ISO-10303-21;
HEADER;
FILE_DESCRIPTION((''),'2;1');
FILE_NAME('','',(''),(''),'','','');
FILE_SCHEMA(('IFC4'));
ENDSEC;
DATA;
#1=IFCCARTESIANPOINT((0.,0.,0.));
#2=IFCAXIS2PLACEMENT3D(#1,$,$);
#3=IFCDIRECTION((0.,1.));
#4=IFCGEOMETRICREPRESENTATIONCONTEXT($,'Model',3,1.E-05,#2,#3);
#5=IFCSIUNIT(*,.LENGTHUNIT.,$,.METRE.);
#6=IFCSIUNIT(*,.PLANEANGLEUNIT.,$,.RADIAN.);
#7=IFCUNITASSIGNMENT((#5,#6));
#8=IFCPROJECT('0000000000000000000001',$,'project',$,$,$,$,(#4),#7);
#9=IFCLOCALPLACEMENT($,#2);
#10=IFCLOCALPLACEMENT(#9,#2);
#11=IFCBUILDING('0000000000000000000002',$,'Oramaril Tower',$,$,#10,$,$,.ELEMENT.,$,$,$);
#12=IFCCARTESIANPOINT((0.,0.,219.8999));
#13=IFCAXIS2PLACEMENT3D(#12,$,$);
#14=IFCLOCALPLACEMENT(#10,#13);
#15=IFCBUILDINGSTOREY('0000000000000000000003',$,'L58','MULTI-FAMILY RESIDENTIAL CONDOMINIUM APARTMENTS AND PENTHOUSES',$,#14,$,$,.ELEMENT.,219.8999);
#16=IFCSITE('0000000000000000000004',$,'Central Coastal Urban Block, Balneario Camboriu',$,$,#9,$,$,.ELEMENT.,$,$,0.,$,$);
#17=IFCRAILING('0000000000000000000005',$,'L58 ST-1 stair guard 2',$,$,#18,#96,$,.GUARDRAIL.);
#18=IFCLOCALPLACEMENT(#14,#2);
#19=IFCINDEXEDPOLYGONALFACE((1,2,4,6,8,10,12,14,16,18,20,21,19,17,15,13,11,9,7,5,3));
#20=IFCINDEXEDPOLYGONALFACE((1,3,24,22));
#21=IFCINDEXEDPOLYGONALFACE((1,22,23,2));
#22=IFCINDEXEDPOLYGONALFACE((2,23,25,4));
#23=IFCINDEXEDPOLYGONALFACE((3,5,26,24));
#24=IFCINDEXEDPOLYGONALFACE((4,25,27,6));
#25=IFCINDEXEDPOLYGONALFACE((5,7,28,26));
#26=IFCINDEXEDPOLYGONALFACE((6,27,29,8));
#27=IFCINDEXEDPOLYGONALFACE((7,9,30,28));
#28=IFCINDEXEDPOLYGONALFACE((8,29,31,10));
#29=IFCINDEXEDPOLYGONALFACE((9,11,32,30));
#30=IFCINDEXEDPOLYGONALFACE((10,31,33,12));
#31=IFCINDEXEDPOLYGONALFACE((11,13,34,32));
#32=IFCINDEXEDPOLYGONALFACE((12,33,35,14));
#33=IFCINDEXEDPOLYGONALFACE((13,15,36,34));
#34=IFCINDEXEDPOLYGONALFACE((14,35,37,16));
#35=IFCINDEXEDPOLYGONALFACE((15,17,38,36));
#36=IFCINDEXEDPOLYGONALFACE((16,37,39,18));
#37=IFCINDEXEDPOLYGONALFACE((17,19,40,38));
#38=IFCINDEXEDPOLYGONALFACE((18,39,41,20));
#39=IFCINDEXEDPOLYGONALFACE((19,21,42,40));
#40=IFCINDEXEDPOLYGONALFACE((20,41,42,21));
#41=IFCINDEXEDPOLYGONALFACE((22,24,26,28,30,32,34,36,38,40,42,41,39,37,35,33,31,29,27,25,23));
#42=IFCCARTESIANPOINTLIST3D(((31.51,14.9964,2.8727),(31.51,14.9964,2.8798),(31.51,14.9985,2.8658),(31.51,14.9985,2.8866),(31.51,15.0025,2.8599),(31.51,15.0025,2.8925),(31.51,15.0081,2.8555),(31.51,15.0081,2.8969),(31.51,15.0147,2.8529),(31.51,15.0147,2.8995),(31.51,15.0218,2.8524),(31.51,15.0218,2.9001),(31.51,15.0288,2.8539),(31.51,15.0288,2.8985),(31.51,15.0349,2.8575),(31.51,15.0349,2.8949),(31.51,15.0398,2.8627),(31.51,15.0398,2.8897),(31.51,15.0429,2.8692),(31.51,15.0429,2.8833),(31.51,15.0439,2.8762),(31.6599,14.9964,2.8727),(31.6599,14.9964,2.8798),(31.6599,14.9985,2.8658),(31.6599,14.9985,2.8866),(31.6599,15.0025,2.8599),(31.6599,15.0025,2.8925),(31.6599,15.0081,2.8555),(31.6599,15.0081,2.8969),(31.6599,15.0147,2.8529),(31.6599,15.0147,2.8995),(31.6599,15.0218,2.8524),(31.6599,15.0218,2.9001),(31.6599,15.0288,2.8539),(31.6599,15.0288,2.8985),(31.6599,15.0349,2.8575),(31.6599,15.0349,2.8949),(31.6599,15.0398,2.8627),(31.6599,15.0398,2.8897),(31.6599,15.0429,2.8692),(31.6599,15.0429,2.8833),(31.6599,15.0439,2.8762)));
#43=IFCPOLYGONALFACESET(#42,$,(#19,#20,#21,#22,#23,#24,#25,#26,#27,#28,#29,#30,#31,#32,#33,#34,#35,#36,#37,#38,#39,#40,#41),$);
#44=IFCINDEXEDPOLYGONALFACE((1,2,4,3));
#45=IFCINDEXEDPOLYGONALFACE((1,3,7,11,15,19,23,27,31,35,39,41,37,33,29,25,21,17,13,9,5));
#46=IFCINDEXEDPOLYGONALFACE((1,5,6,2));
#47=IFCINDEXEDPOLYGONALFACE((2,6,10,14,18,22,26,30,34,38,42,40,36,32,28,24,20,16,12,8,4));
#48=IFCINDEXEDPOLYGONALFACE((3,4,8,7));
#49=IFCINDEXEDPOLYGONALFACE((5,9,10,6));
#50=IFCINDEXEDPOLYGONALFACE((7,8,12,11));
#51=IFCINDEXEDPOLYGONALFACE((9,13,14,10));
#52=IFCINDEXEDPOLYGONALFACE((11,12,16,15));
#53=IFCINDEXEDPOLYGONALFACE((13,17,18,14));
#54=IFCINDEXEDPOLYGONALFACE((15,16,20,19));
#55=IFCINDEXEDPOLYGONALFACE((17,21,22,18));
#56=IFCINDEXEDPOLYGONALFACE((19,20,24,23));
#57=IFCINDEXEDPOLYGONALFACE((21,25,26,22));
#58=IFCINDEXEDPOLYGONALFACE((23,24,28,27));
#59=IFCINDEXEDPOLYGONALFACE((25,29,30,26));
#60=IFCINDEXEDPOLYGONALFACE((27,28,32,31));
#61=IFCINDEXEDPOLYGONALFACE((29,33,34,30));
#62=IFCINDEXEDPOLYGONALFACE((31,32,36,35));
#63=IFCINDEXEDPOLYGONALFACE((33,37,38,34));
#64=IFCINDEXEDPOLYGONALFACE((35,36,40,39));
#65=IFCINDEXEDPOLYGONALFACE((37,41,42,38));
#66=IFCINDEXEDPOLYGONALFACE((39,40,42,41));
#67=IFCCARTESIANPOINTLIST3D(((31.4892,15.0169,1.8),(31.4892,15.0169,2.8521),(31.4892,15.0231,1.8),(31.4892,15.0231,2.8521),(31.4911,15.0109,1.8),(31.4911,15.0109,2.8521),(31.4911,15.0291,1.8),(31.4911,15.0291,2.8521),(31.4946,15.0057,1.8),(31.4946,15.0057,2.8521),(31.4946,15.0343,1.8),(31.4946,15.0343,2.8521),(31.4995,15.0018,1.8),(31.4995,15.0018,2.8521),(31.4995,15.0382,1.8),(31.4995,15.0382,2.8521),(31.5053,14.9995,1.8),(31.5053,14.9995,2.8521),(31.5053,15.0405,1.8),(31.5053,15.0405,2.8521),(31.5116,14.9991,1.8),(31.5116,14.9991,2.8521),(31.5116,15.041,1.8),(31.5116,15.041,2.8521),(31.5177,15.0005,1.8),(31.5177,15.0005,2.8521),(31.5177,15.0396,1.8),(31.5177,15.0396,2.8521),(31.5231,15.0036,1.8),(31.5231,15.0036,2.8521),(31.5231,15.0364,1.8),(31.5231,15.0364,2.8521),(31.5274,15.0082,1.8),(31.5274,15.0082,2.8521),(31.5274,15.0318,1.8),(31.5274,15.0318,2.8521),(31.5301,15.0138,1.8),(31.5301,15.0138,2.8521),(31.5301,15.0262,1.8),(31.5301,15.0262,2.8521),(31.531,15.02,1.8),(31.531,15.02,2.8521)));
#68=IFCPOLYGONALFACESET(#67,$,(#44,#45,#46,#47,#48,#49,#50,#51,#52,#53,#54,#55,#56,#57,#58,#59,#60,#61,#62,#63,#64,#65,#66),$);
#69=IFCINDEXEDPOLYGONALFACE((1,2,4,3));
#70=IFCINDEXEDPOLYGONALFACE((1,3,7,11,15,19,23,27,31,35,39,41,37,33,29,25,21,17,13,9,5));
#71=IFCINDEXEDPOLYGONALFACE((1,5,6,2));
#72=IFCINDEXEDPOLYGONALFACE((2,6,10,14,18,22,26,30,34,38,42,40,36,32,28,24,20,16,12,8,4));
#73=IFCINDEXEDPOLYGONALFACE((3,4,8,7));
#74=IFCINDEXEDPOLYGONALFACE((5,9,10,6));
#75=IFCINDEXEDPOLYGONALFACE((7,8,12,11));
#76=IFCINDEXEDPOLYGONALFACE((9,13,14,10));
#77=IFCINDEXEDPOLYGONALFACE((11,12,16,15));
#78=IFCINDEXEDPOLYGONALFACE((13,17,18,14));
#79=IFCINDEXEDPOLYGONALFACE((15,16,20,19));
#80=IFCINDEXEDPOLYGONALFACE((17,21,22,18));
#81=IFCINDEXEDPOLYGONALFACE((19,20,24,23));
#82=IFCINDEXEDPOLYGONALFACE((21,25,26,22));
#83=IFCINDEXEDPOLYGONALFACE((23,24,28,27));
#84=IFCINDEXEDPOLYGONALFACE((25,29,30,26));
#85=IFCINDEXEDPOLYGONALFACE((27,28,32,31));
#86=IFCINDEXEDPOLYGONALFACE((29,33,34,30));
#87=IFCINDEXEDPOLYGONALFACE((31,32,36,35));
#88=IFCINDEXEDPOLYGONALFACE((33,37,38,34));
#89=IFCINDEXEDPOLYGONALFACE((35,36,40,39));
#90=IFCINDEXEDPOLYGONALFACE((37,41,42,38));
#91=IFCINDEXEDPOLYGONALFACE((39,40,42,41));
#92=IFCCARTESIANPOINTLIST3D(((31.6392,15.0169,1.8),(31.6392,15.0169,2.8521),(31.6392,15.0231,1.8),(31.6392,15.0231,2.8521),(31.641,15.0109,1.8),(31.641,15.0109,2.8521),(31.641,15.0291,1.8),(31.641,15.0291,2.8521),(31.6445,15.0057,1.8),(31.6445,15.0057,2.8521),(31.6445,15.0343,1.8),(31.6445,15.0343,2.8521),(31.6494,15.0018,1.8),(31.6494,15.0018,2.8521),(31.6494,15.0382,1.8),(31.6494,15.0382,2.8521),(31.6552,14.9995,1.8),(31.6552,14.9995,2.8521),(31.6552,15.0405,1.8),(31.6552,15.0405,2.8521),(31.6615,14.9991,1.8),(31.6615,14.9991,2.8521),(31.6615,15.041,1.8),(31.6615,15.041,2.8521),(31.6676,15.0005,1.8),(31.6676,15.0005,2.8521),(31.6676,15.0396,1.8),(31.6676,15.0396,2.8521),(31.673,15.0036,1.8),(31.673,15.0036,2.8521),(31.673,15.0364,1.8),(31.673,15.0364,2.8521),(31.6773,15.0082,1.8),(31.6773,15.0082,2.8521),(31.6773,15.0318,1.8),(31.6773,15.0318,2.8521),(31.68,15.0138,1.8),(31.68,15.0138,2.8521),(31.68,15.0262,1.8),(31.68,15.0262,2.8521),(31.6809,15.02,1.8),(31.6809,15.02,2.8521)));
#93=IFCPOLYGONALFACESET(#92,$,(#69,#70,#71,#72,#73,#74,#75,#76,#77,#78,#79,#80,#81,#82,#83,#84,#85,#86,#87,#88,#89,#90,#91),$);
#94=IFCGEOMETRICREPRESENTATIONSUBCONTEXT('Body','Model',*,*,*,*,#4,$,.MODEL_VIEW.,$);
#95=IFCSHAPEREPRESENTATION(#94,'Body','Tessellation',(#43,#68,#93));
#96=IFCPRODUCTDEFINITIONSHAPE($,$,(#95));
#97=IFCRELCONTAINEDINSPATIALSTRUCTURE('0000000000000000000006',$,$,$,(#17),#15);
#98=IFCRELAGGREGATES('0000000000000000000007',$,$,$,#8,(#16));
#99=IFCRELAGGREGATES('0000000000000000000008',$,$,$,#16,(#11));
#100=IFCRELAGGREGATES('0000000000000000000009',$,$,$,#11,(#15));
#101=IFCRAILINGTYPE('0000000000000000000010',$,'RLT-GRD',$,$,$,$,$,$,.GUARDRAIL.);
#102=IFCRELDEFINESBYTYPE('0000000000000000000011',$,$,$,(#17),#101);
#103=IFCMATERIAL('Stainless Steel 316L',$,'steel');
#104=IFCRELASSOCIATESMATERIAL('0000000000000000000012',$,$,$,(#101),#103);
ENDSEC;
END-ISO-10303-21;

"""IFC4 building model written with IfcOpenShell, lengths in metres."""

from ifc_helpers import new_model, si_unit, direction, frame, origin, origin_2d, place, context, subcontext, project, spatial, circle, extrude, material, type_object, element, save


model = new_model("IFC4")

# Units and contexts
model_context = context("Model", 3, precision=1e-05, world=origin(), true_north=direction((0.0, 1.0)))
body_context = subcontext(model_context, "Body", "Model", "MODEL_VIEW")
ifc_project = project(units=[si_unit("LENGTHUNIT", "METRE"), si_unit("PLANEANGLEUNIT", "RADIAN")], contexts=[model_context])

# Site, building, storey
site_placement = place(None, origin())
site = spatial("IfcSite", under=ifc_project, at=site_placement, Name="Central Coastal Urban Block, Balneario Camboriu", CompositionType="ELEMENT", RefElevation=0.0)
building_placement = place(site_placement, origin())
building = spatial("IfcBuilding", under=site, at=building_placement, Name="Oramaril Tower", CompositionType="ELEMENT")
storey_placement = place(building_placement, frame((0.0, 0.0, 219.8999)))
storey = spatial("IfcBuildingStorey", under=building, at=storey_placement, Name="L58", Description="MULTI-FAMILY RESIDENTIAL CONDOMINIUM APARTMENTS AND PENTHOUSES", CompositionType="ELEMENT", Elevation=219.8999)

# Railing
ifc_material_1 = material(Name="Stainless Steel 316L", Category="steel")
railing_type_1 = type_object("IfcRailingType", Name="RLT-GRD", PredefinedType="GUARDRAIL", material=ifc_material_1)
railing_1_placement = place(storey_placement, frame((31.51, 15.02, 1.8)))
element("IfcRailing", 1, at=railing_1_placement, inside=storey, type_object=railing_type_1, Name="L58 ST-1 stair guard 2", PredefinedType="GUARDRAIL", context=body_context, shape_type="SweptSolid", body=[
    extrude(circle(Radius=0.0239, at=origin_2d()), frame((0.0, 0.0, 1.0762), z_axis=(1.0, 0.0, 0.0), x_axis=(0.0, 1.0, 0.0)), (0.0, 0.0, 1.0), 0.1499),
    extrude(circle(Radius=0.021, at=origin_2d()), origin(), (0.0, 0.0, 1.0), 1.052),
    extrude(circle(Radius=0.021, at=origin_2d()), frame((0.1499, 0.0, 0.0)), (0.0, 0.0, 1.0), 1.052),
])

save(model, "model.ifc")
